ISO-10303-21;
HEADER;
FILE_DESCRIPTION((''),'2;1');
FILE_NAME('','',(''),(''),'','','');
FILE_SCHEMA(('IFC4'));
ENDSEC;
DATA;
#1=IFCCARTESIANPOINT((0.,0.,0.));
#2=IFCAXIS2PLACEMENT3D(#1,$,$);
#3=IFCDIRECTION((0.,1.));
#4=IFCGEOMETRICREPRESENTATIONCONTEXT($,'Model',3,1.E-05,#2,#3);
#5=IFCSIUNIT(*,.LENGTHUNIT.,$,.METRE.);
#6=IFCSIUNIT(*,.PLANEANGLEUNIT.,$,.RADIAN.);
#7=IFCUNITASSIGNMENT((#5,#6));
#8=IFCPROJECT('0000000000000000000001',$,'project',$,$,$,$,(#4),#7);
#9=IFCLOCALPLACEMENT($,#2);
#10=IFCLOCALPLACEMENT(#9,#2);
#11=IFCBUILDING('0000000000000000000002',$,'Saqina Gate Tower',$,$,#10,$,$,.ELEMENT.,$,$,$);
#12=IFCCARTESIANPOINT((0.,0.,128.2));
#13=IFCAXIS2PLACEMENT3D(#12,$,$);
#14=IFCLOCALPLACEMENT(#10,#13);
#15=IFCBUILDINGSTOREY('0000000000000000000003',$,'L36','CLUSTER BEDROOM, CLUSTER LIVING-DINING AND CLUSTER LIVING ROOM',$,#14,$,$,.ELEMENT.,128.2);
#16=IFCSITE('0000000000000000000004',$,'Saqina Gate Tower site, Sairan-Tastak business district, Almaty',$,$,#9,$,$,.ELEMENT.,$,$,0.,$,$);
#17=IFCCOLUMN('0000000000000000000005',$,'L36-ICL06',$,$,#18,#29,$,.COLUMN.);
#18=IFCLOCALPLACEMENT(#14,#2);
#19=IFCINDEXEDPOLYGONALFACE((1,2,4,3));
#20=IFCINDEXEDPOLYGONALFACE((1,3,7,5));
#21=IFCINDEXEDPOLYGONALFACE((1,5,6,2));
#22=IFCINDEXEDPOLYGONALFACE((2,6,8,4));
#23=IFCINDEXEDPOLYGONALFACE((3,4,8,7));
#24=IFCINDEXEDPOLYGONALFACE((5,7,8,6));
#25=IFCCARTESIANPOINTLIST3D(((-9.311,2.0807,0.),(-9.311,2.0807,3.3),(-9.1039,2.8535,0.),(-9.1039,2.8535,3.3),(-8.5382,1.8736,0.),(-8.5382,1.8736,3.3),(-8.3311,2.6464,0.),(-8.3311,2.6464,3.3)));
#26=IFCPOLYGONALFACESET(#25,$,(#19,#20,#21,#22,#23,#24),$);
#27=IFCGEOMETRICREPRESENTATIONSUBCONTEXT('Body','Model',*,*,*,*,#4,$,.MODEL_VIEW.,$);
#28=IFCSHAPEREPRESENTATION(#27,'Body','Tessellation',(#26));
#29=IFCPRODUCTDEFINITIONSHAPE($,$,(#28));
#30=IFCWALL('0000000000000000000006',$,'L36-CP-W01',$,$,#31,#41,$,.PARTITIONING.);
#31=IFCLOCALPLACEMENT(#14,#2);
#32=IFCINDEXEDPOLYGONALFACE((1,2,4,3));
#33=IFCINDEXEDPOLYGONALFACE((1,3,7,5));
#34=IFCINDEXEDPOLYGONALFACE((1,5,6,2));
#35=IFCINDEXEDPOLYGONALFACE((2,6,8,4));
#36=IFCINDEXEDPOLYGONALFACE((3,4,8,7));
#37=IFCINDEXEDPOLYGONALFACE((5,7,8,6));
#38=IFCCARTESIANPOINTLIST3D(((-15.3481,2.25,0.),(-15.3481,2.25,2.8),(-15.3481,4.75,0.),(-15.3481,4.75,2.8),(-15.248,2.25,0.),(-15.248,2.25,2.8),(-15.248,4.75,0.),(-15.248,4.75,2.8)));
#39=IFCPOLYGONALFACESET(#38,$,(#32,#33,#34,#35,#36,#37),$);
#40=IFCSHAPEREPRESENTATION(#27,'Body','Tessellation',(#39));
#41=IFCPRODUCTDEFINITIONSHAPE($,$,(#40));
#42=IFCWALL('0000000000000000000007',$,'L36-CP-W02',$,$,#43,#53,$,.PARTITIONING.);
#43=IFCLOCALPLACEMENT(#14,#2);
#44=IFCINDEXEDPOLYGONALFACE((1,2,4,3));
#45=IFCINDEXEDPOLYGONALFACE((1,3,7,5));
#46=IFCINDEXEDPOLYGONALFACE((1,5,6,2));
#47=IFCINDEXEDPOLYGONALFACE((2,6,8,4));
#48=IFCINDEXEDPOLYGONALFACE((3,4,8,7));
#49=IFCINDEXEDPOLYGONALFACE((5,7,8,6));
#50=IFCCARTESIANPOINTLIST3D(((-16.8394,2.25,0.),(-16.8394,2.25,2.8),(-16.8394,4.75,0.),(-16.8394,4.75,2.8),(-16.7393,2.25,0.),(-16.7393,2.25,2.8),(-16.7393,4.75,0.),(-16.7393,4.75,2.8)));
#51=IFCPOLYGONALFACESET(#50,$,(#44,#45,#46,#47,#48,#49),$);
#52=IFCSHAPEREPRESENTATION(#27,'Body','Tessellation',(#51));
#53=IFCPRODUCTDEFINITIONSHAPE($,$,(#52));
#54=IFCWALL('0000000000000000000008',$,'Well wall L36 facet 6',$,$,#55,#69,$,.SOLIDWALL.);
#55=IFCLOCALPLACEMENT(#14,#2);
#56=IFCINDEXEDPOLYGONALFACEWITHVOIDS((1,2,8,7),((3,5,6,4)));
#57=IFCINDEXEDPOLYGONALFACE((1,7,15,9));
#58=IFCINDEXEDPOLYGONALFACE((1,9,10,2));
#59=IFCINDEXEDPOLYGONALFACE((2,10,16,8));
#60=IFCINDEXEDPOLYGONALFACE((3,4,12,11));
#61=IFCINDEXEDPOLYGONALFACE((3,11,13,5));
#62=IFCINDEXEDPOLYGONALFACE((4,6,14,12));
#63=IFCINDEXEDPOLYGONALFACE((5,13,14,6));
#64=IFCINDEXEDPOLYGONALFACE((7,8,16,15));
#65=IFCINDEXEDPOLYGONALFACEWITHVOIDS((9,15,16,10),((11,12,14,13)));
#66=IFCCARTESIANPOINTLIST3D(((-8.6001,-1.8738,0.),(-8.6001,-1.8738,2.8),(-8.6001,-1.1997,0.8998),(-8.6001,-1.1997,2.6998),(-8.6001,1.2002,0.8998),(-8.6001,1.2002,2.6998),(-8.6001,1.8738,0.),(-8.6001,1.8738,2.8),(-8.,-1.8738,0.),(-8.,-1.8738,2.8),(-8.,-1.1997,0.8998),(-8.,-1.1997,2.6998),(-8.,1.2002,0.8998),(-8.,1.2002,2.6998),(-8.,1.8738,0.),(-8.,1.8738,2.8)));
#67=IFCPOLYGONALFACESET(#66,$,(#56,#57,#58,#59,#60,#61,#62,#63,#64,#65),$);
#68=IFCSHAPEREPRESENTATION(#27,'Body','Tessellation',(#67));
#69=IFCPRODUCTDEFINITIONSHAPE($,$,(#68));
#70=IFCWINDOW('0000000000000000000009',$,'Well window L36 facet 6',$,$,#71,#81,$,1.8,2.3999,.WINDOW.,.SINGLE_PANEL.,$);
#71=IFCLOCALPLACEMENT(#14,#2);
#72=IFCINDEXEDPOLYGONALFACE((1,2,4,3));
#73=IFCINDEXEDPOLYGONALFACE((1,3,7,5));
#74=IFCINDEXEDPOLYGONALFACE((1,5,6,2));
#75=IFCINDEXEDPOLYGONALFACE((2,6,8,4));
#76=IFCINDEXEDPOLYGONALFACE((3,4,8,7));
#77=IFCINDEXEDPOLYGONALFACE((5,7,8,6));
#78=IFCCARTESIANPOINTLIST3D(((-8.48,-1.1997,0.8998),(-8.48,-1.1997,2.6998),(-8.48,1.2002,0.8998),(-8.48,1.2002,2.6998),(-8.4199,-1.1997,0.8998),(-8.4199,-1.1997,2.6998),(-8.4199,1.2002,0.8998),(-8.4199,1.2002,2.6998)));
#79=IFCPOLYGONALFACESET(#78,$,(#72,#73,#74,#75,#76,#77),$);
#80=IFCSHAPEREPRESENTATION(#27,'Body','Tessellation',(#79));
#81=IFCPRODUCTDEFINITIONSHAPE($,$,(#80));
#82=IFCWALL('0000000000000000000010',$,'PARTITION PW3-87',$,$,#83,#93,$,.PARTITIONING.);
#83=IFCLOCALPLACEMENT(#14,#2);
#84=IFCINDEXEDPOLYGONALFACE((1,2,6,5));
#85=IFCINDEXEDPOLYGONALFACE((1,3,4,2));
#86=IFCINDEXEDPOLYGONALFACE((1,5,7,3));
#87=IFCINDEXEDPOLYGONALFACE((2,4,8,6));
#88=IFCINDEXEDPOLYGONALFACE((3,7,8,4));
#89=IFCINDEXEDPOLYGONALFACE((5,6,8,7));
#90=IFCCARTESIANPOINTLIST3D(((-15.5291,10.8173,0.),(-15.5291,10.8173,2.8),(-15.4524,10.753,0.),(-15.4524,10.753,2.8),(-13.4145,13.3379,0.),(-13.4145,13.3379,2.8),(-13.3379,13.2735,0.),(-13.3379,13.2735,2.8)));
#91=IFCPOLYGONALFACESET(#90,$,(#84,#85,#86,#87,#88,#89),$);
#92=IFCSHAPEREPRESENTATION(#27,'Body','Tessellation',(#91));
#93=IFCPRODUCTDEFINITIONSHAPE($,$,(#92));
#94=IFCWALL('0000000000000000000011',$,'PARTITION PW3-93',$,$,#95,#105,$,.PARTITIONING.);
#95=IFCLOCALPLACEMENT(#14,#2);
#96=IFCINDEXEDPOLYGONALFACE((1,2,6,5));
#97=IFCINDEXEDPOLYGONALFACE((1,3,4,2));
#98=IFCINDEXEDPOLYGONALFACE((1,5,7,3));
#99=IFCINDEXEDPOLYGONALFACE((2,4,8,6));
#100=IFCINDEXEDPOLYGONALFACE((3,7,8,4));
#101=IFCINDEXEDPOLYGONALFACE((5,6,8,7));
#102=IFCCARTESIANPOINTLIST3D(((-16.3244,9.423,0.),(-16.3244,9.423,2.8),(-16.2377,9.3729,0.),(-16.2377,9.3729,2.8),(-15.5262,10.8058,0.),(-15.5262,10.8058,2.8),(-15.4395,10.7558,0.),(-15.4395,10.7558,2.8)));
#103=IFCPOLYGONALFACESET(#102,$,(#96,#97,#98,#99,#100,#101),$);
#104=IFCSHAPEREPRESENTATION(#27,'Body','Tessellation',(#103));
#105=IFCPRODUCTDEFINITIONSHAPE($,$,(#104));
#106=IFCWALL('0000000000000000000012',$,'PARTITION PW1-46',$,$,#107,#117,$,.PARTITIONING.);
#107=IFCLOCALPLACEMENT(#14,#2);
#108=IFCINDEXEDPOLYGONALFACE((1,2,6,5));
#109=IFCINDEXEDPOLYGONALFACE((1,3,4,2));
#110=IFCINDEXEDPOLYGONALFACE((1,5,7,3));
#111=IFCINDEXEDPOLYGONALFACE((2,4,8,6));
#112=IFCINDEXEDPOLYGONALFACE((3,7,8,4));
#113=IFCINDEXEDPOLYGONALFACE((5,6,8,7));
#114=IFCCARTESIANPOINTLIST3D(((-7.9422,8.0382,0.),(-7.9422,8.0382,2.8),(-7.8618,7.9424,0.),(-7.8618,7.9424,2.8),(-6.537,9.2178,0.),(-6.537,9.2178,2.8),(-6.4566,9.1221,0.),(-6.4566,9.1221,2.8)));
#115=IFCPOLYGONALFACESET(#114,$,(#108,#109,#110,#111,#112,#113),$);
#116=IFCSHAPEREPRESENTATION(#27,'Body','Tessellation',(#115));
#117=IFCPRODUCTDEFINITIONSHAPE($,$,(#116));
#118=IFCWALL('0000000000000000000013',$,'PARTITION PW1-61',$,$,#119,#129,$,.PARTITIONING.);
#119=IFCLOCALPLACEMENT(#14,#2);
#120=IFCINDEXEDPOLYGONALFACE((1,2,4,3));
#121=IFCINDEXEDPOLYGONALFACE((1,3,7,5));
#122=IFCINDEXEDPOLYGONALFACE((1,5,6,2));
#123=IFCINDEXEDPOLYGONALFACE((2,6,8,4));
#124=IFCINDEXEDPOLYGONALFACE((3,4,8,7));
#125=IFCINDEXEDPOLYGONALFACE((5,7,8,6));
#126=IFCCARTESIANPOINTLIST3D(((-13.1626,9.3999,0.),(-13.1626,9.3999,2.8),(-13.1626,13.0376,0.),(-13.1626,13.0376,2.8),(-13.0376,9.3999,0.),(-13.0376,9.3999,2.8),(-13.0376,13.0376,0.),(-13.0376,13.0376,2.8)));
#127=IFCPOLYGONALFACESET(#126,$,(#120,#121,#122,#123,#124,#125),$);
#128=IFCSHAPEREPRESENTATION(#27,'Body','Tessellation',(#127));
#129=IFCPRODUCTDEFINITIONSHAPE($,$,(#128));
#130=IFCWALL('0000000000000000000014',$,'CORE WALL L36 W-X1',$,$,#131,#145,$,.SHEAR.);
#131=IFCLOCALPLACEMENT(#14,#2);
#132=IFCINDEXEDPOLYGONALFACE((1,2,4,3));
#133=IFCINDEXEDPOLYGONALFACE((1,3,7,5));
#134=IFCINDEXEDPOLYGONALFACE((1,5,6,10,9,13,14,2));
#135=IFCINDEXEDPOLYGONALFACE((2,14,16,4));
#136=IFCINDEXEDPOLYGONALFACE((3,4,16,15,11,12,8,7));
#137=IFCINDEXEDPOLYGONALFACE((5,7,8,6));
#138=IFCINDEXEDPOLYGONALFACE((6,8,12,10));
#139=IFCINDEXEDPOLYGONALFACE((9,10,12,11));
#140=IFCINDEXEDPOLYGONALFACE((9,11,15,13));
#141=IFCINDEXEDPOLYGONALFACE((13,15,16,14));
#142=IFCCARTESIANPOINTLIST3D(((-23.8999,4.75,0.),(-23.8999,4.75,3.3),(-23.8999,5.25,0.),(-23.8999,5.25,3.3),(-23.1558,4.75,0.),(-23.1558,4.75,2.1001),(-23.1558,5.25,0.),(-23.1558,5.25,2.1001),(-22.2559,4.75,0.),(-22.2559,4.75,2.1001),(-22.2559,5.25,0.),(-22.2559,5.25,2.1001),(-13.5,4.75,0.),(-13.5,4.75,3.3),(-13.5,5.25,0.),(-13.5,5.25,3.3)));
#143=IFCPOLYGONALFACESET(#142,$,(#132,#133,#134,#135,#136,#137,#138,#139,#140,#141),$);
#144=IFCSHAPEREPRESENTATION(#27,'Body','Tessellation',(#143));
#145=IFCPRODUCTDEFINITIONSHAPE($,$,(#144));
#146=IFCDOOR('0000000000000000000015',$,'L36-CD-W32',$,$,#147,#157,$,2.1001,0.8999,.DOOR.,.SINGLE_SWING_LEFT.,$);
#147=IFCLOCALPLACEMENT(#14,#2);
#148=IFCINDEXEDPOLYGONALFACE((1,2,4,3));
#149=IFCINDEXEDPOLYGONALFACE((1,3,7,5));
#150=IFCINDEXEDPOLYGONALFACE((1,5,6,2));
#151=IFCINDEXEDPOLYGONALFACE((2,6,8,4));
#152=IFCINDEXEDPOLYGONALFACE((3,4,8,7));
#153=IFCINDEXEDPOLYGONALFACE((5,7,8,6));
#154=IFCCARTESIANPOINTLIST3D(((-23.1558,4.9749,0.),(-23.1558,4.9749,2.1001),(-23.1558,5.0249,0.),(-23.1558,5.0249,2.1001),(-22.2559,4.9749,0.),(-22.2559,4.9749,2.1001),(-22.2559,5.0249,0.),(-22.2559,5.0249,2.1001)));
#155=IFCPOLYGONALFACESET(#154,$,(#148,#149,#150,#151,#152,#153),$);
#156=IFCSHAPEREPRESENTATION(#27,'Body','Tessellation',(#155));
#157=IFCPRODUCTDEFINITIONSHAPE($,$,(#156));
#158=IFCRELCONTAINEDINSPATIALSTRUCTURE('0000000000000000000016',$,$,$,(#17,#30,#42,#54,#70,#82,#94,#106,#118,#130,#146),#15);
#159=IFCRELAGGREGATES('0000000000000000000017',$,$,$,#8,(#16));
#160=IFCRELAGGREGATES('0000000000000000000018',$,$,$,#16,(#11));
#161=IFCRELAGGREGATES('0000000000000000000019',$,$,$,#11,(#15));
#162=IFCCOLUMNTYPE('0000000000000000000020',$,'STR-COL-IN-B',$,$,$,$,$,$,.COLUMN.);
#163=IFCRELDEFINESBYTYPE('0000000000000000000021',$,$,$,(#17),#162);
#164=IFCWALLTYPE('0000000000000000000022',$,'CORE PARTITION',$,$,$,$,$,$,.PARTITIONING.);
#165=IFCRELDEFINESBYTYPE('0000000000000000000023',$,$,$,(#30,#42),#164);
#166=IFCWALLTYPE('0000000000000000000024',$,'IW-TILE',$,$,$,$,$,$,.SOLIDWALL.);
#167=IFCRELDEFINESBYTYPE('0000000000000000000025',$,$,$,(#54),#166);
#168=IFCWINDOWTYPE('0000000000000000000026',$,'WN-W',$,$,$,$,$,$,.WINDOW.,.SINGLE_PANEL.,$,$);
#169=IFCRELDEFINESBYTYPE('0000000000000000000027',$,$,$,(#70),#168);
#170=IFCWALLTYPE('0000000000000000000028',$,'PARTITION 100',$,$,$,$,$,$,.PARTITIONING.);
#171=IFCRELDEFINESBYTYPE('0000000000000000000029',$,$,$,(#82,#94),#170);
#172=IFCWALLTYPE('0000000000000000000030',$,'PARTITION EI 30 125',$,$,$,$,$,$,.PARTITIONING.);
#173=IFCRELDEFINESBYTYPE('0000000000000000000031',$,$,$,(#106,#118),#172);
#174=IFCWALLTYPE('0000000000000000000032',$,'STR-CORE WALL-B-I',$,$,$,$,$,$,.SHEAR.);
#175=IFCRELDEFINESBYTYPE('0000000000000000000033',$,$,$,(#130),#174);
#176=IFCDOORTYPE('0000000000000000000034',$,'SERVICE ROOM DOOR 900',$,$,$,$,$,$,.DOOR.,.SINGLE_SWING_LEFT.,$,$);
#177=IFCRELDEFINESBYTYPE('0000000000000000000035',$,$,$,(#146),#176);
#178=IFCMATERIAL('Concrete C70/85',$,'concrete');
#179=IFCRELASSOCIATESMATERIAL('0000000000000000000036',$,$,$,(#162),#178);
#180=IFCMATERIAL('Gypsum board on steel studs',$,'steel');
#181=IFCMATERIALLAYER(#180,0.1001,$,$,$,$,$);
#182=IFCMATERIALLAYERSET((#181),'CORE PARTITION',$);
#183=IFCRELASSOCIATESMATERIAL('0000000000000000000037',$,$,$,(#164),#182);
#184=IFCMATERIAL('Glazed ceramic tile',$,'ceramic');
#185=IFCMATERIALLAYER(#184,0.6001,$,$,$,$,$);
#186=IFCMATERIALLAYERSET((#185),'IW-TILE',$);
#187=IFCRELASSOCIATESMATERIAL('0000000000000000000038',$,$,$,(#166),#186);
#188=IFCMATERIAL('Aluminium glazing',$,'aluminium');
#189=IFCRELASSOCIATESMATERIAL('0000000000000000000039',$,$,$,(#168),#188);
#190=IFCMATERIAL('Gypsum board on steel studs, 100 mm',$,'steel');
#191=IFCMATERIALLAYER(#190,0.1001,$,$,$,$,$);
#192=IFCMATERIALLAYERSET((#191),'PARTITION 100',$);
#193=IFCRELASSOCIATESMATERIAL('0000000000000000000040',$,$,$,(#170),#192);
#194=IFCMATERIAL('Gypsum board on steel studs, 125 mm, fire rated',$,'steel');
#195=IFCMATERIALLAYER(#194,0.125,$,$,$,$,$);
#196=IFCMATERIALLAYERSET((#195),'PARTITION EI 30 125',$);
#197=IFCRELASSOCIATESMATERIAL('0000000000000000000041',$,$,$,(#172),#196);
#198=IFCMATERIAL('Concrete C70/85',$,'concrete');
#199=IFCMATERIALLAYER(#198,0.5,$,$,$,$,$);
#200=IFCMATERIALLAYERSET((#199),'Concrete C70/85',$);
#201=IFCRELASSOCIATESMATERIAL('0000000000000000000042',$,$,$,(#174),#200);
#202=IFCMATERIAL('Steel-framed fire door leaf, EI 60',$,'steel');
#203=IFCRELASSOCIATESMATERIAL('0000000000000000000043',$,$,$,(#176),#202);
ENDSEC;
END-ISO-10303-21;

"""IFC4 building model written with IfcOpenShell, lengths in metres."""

from ifc_helpers import new_model, si_unit, direction, frame, frame_2d, origin, origin_2d, place, context, subcontext, project, spatial, rectangle, extrude, material, layer, layer_set, material_profile, profile_set, type_object, element, fill, save


model = new_model("IFC4")

# Units and contexts
model_context = context("Model", 3, precision=1e-05, world=origin(), true_north=direction((0.0, 1.0)))
body_context = subcontext(model_context, "Body", "Model", "MODEL_VIEW")
ifc_project = project(units=[si_unit("LENGTHUNIT", "METRE"), si_unit("PLANEANGLEUNIT", "RADIAN")], contexts=[model_context])

# Site, building, storey
site_placement = place(None, origin())
site = spatial("IfcSite", under=ifc_project, at=site_placement, Name="Saqina Gate Tower site, Sairan-Tastak business district, Almaty", CompositionType="ELEMENT", RefElevation=0.0)
building_placement = place(site_placement, origin())
building = spatial("IfcBuilding", under=site, at=building_placement, Name="Saqina Gate Tower", CompositionType="ELEMENT")
storey_placement = place(building_placement, frame((0.0, 0.0, 128.2)))
storey = spatial("IfcBuildingStorey", under=building, at=storey_placement, Name="L36", Description="CLUSTER BEDROOM, CLUSTER LIVING-DINING AND CLUSTER LIVING ROOM", CompositionType="ELEMENT", Elevation=128.2)

# Column
ifc_material_1 = material(Name="Concrete C70/85", Category="concrete")
ifc_material_profile = material_profile(ifc_material_1, rectangle(XDim=0.8, YDim=0.8, at=origin_2d()), Name="RC 800x800")
ifc_profile_set = profile_set([ifc_material_profile], Name="Concrete C70/85")
column_type = type_object("IfcColumnType", Name="STR-COL-IN-B", PredefinedType="COLUMN", material=ifc_profile_set)
column_placement = place(storey_placement, frame((-8.821, 2.3635, 0.0), z_axis=(0.0, 0.0, 1.0), x_axis=(-0.965926, 0.258819, 0.0)))
element("IfcColumn", 1, at=column_placement, inside=storey, type_object=column_type, Name="L36-ICL06", PredefinedType="COLUMN", context=body_context, shape_type="SweptSolid", body=[
    extrude(rectangle(XDim=0.8, YDim=0.8, at=origin_2d()), origin(), (0.0, 0.0, 1.0), 3.3),
])

# Walls
ifc_material_2 = material(Name="Gypsum board on steel studs", Category="steel")
ifc_layer_1 = layer(ifc_material_2, 0.1001)
ifc_layer_set_1 = layer_set([ifc_layer_1], Name="CORE PARTITION")
wall_type_1 = type_object("IfcWallType", Name="CORE PARTITION", PredefinedType="PARTITIONING", material=ifc_layer_set_1)
for number, where, z_axis, x_axis, name in (
    (2, (-15.2981, 2.25, 0.0), (0.0, 0.0, 1.0), (0.0, 1.0, 0.0), "L36-CP-W01"),
    (3, (-16.7893, 2.25, 0.0), (0.0, 0.0, 1.0), (0.0, 1.0, 0.0), "L36-CP-W02"),
):
    element("IfcWall", number, at=place(storey_placement, frame(where, z_axis=z_axis, x_axis=x_axis)), inside=storey, type_object=wall_type_1, Name=name, PredefinedType="PARTITIONING", context=body_context, shape_type="SweptSolid", body=[
        extrude(rectangle(XDim=2.5, YDim=0.1001, at=frame_2d((1.25, 0.0))), origin(), (0.0, 0.0, 1.0), 2.8),
    ])

# Wall, opening, window
ifc_material_3 = material(Name="Glazed ceramic tile", Category="ceramic")
ifc_layer_2 = layer(ifc_material_3, 0.6001)
ifc_layer_set_2 = layer_set([ifc_layer_2], Name="IW-TILE")
wall_type_2 = type_object("IfcWallType", Name="IW-TILE", PredefinedType="SOLIDWALL", material=ifc_layer_set_2)
wall_1_placement = place(storey_placement, frame((-8.3, 1.8738, 0.0), z_axis=(0.0, 0.0, 1.0), x_axis=(0.0, -1.0, 0.0)))
wall_1 = element("IfcWall", 4, at=wall_1_placement, inside=storey, type_object=wall_type_2, Name="Well wall L36 facet 6", PredefinedType="SOLIDWALL", context=body_context, shape_type="SweptSolid", body=[
    extrude(rectangle(XDim=3.7476, YDim=0.6001, at=frame_2d((1.8738, 0.0))), origin(), (0.0, 0.0, 1.0), 2.8),
])
opening_1_placement = place(wall_1_placement, frame((0.6736, 0.0, 0.8999)))
opening_1 = element("IfcOpeningElement", 5, at=opening_1_placement, cuts=wall_1, PredefinedType="OPENING", context=body_context, shape_type="SweptSolid", body=[
    extrude(rectangle(XDim=2.3999, YDim=1.8, at=frame_2d((1.2, 0.8999))), frame((0.0, 0.312, 0.0), z_axis=(0.0, -1.0, 0.0), x_axis=(1.0, 0.0, 0.0)), (0.0, 0.0, 1.0), 0.624),
])
ifc_material_4 = material(Name="Aluminium glazing", Category="aluminium")
window_type = type_object("IfcWindowType", Name="WN-W", PartitioningType="SINGLE_PANEL", PredefinedType="WINDOW", material=ifc_material_4)
window_placement = place(opening_1_placement, origin())
window = element("IfcWindow", 6, at=window_placement, inside=storey, type_object=window_type, Name="Well window L36 facet 6", OverallHeight=1.8, OverallWidth=2.3999, PartitioningType="SINGLE_PANEL", PredefinedType="WINDOW", context=body_context, shape_type="SweptSolid", body=[
    extrude(rectangle(XDim=2.3999, YDim=1.8, at=frame_2d((1.2, 0.8999))), frame((0.0, -0.1199, 0.0), z_axis=(0.0, -1.0, 0.0), x_axis=(1.0, 0.0, 0.0)), (0.0, 0.0, 1.0), 0.0601),
])
fill(opening_1, window)

# Walls
ifc_material_5 = material(Name="Gypsum board on steel studs, 100 mm", Category="steel")
ifc_layer_3 = layer(ifc_material_5, 0.1001)
ifc_layer_set_3 = layer_set([ifc_layer_3], Name="PARTITION 100")
wall_type_3 = type_object("IfcWallType", Name="PARTITION 100", PredefinedType="PARTITIONING", material=ifc_layer_set_3)
wall_2_placement = place(storey_placement, frame((-15.4907, 10.7852, 0.0), z_axis=(0.0, 0.0, 1.0), x_axis=(0.642706, 0.766113, 0.0)))
element("IfcWall", 7, at=wall_2_placement, inside=storey, type_object=wall_type_3, Name="PARTITION PW3-87", PredefinedType="PARTITIONING", context=body_context, shape_type="SweptSolid", body=[
    extrude(rectangle(XDim=3.29, YDim=0.1001, at=frame_2d((1.645, 0.0))), origin(), (0.0, 0.0, 1.0), 2.8),
])
wall_3_placement = place(storey_placement, frame((-16.281, 9.3979, 0.0), z_axis=(0.0, 0.0, 1.0), x_axis=(0.499872, 0.866099, 0.0)))
element("IfcWall", 8, at=wall_3_placement, inside=storey, type_object=wall_type_3, Name="PARTITION PW3-93", PredefinedType="PARTITIONING", context=body_context, shape_type="SweptSolid", body=[
    extrude(rectangle(XDim=1.5967, YDim=0.1001, at=frame_2d((0.7983, 0.0))), origin(), (0.0, 0.0, 1.0), 2.8),
])
ifc_material_6 = material(Name="Gypsum board on steel studs, 125 mm, fire rated", Category="steel")
ifc_layer_4 = layer(ifc_material_6, 0.125)
ifc_layer_set_4 = layer_set([ifc_layer_4], Name="PARTITION EI 30 125")
wall_type_4 = type_object("IfcWallType", Name="PARTITION EI 30 125", PredefinedType="PARTITIONING", material=ifc_layer_set_4)
wall_4_placement = place(storey_placement, frame((-7.9021, 7.9902, 0.0), z_axis=(0.0, 0.0, 1.0), x_axis=(0.765904, 0.642955, 0.0)))
element("IfcWall", 9, at=wall_4_placement, inside=storey, type_object=wall_type_4, Name="PARTITION PW1-46", PredefinedType="PARTITIONING", context=body_context, shape_type="SweptSolid", body=[
    extrude(rectangle(XDim=1.8347, YDim=0.125, at=frame_2d((0.9175, 0.0))), origin(), (0.0, 0.0, 1.0), 2.8),
])
wall_5_placement = place(storey_placement, frame((-13.1001, 9.3999, 0.0), z_axis=(0.0, 0.0, 1.0), x_axis=(0.0, 1.0, 0.0)))
element("IfcWall", 10, at=wall_5_placement, inside=storey, type_object=wall_type_4, Name="PARTITION PW1-61", PredefinedType="PARTITIONING", context=body_context, shape_type="SweptSolid", body=[
    extrude(rectangle(XDim=3.6377, YDim=0.125, at=frame_2d((1.8188, 0.0))), origin(), (0.0, 0.0, 1.0), 2.8),
])

# Wall, opening, door
ifc_material_7 = material(Name="Concrete C70/85", Category="concrete")
ifc_layer_5 = layer(ifc_material_7, 0.5)
ifc_layer_set_5 = layer_set([ifc_layer_5], Name="Concrete C70/85")
wall_type_5 = type_object("IfcWallType", Name="STR-CORE WALL-B-I", PredefinedType="SHEAR", material=ifc_layer_set_5)
wall_6_placement = place(storey_placement, frame((-13.5, 5.0, 0.0), z_axis=(0.0, 0.0, 1.0), x_axis=(-1.0, 0.0, 0.0)))
wall_6 = element("IfcWall", 11, at=wall_6_placement, inside=storey, type_object=wall_type_5, Name="CORE WALL L36 W-X1", PredefinedType="SHEAR", context=body_context, shape_type="SweptSolid", body=[
    extrude(rectangle(XDim=10.3999, YDim=0.5, at=frame_2d((5.2, 0.0))), origin(), (0.0, 0.0, 1.0), 3.3),
])
opening_2_placement = place(wall_6_placement, frame((8.7559, 0.0, 0.0)))
opening_2 = element("IfcOpeningElement", 12, at=opening_2_placement, cuts=wall_6, PredefinedType="OPENING", context=body_context, shape_type="SweptSolid", body=[
    extrude(rectangle(XDim=0.8999, YDim=2.1001, at=frame_2d((0.45, 1.05))), frame((0.0, 0.262, 0.0), z_axis=(0.0, -1.0, 0.0), x_axis=(1.0, 0.0, 0.0)), (0.0, 0.0, 1.0), 0.5239),
])
ifc_material_8 = material(Name="Steel-framed fire door leaf, EI 60", Category="steel")
door_type_1 = type_object("IfcDoorType", Name="SERVICE ROOM DOOR 900", OperationType="SINGLE_SWING_LEFT", PredefinedType="DOOR", material=ifc_material_8)
door_1_placement = place(opening_2_placement, frame((0.8999, 0.0, 0.0), z_axis=(0.0, 0.0, 1.0), x_axis=(-1.0, 0.0, 0.0)))
door_1 = element("IfcDoor", 13, at=door_1_placement, inside=storey, type_object=door_type_1, Name="L36-CD-W32", OperationType="SINGLE_SWING_LEFT", OverallHeight=2.1001, OverallWidth=0.8999, PredefinedType="DOOR", context=body_context, shape_type="SweptSolid", body=[
    extrude(rectangle(XDim=0.8999, YDim=2.1001, at=frame_2d((0.45, 1.05))), frame((0.0, 0.0249, 0.0), z_axis=(0.0, -1.0, 0.0), x_axis=(1.0, 0.0, 0.0)), (0.0, 0.0, 1.0), 0.05),
])
fill(opening_2, door_1)

save(model, "model.ifc")
